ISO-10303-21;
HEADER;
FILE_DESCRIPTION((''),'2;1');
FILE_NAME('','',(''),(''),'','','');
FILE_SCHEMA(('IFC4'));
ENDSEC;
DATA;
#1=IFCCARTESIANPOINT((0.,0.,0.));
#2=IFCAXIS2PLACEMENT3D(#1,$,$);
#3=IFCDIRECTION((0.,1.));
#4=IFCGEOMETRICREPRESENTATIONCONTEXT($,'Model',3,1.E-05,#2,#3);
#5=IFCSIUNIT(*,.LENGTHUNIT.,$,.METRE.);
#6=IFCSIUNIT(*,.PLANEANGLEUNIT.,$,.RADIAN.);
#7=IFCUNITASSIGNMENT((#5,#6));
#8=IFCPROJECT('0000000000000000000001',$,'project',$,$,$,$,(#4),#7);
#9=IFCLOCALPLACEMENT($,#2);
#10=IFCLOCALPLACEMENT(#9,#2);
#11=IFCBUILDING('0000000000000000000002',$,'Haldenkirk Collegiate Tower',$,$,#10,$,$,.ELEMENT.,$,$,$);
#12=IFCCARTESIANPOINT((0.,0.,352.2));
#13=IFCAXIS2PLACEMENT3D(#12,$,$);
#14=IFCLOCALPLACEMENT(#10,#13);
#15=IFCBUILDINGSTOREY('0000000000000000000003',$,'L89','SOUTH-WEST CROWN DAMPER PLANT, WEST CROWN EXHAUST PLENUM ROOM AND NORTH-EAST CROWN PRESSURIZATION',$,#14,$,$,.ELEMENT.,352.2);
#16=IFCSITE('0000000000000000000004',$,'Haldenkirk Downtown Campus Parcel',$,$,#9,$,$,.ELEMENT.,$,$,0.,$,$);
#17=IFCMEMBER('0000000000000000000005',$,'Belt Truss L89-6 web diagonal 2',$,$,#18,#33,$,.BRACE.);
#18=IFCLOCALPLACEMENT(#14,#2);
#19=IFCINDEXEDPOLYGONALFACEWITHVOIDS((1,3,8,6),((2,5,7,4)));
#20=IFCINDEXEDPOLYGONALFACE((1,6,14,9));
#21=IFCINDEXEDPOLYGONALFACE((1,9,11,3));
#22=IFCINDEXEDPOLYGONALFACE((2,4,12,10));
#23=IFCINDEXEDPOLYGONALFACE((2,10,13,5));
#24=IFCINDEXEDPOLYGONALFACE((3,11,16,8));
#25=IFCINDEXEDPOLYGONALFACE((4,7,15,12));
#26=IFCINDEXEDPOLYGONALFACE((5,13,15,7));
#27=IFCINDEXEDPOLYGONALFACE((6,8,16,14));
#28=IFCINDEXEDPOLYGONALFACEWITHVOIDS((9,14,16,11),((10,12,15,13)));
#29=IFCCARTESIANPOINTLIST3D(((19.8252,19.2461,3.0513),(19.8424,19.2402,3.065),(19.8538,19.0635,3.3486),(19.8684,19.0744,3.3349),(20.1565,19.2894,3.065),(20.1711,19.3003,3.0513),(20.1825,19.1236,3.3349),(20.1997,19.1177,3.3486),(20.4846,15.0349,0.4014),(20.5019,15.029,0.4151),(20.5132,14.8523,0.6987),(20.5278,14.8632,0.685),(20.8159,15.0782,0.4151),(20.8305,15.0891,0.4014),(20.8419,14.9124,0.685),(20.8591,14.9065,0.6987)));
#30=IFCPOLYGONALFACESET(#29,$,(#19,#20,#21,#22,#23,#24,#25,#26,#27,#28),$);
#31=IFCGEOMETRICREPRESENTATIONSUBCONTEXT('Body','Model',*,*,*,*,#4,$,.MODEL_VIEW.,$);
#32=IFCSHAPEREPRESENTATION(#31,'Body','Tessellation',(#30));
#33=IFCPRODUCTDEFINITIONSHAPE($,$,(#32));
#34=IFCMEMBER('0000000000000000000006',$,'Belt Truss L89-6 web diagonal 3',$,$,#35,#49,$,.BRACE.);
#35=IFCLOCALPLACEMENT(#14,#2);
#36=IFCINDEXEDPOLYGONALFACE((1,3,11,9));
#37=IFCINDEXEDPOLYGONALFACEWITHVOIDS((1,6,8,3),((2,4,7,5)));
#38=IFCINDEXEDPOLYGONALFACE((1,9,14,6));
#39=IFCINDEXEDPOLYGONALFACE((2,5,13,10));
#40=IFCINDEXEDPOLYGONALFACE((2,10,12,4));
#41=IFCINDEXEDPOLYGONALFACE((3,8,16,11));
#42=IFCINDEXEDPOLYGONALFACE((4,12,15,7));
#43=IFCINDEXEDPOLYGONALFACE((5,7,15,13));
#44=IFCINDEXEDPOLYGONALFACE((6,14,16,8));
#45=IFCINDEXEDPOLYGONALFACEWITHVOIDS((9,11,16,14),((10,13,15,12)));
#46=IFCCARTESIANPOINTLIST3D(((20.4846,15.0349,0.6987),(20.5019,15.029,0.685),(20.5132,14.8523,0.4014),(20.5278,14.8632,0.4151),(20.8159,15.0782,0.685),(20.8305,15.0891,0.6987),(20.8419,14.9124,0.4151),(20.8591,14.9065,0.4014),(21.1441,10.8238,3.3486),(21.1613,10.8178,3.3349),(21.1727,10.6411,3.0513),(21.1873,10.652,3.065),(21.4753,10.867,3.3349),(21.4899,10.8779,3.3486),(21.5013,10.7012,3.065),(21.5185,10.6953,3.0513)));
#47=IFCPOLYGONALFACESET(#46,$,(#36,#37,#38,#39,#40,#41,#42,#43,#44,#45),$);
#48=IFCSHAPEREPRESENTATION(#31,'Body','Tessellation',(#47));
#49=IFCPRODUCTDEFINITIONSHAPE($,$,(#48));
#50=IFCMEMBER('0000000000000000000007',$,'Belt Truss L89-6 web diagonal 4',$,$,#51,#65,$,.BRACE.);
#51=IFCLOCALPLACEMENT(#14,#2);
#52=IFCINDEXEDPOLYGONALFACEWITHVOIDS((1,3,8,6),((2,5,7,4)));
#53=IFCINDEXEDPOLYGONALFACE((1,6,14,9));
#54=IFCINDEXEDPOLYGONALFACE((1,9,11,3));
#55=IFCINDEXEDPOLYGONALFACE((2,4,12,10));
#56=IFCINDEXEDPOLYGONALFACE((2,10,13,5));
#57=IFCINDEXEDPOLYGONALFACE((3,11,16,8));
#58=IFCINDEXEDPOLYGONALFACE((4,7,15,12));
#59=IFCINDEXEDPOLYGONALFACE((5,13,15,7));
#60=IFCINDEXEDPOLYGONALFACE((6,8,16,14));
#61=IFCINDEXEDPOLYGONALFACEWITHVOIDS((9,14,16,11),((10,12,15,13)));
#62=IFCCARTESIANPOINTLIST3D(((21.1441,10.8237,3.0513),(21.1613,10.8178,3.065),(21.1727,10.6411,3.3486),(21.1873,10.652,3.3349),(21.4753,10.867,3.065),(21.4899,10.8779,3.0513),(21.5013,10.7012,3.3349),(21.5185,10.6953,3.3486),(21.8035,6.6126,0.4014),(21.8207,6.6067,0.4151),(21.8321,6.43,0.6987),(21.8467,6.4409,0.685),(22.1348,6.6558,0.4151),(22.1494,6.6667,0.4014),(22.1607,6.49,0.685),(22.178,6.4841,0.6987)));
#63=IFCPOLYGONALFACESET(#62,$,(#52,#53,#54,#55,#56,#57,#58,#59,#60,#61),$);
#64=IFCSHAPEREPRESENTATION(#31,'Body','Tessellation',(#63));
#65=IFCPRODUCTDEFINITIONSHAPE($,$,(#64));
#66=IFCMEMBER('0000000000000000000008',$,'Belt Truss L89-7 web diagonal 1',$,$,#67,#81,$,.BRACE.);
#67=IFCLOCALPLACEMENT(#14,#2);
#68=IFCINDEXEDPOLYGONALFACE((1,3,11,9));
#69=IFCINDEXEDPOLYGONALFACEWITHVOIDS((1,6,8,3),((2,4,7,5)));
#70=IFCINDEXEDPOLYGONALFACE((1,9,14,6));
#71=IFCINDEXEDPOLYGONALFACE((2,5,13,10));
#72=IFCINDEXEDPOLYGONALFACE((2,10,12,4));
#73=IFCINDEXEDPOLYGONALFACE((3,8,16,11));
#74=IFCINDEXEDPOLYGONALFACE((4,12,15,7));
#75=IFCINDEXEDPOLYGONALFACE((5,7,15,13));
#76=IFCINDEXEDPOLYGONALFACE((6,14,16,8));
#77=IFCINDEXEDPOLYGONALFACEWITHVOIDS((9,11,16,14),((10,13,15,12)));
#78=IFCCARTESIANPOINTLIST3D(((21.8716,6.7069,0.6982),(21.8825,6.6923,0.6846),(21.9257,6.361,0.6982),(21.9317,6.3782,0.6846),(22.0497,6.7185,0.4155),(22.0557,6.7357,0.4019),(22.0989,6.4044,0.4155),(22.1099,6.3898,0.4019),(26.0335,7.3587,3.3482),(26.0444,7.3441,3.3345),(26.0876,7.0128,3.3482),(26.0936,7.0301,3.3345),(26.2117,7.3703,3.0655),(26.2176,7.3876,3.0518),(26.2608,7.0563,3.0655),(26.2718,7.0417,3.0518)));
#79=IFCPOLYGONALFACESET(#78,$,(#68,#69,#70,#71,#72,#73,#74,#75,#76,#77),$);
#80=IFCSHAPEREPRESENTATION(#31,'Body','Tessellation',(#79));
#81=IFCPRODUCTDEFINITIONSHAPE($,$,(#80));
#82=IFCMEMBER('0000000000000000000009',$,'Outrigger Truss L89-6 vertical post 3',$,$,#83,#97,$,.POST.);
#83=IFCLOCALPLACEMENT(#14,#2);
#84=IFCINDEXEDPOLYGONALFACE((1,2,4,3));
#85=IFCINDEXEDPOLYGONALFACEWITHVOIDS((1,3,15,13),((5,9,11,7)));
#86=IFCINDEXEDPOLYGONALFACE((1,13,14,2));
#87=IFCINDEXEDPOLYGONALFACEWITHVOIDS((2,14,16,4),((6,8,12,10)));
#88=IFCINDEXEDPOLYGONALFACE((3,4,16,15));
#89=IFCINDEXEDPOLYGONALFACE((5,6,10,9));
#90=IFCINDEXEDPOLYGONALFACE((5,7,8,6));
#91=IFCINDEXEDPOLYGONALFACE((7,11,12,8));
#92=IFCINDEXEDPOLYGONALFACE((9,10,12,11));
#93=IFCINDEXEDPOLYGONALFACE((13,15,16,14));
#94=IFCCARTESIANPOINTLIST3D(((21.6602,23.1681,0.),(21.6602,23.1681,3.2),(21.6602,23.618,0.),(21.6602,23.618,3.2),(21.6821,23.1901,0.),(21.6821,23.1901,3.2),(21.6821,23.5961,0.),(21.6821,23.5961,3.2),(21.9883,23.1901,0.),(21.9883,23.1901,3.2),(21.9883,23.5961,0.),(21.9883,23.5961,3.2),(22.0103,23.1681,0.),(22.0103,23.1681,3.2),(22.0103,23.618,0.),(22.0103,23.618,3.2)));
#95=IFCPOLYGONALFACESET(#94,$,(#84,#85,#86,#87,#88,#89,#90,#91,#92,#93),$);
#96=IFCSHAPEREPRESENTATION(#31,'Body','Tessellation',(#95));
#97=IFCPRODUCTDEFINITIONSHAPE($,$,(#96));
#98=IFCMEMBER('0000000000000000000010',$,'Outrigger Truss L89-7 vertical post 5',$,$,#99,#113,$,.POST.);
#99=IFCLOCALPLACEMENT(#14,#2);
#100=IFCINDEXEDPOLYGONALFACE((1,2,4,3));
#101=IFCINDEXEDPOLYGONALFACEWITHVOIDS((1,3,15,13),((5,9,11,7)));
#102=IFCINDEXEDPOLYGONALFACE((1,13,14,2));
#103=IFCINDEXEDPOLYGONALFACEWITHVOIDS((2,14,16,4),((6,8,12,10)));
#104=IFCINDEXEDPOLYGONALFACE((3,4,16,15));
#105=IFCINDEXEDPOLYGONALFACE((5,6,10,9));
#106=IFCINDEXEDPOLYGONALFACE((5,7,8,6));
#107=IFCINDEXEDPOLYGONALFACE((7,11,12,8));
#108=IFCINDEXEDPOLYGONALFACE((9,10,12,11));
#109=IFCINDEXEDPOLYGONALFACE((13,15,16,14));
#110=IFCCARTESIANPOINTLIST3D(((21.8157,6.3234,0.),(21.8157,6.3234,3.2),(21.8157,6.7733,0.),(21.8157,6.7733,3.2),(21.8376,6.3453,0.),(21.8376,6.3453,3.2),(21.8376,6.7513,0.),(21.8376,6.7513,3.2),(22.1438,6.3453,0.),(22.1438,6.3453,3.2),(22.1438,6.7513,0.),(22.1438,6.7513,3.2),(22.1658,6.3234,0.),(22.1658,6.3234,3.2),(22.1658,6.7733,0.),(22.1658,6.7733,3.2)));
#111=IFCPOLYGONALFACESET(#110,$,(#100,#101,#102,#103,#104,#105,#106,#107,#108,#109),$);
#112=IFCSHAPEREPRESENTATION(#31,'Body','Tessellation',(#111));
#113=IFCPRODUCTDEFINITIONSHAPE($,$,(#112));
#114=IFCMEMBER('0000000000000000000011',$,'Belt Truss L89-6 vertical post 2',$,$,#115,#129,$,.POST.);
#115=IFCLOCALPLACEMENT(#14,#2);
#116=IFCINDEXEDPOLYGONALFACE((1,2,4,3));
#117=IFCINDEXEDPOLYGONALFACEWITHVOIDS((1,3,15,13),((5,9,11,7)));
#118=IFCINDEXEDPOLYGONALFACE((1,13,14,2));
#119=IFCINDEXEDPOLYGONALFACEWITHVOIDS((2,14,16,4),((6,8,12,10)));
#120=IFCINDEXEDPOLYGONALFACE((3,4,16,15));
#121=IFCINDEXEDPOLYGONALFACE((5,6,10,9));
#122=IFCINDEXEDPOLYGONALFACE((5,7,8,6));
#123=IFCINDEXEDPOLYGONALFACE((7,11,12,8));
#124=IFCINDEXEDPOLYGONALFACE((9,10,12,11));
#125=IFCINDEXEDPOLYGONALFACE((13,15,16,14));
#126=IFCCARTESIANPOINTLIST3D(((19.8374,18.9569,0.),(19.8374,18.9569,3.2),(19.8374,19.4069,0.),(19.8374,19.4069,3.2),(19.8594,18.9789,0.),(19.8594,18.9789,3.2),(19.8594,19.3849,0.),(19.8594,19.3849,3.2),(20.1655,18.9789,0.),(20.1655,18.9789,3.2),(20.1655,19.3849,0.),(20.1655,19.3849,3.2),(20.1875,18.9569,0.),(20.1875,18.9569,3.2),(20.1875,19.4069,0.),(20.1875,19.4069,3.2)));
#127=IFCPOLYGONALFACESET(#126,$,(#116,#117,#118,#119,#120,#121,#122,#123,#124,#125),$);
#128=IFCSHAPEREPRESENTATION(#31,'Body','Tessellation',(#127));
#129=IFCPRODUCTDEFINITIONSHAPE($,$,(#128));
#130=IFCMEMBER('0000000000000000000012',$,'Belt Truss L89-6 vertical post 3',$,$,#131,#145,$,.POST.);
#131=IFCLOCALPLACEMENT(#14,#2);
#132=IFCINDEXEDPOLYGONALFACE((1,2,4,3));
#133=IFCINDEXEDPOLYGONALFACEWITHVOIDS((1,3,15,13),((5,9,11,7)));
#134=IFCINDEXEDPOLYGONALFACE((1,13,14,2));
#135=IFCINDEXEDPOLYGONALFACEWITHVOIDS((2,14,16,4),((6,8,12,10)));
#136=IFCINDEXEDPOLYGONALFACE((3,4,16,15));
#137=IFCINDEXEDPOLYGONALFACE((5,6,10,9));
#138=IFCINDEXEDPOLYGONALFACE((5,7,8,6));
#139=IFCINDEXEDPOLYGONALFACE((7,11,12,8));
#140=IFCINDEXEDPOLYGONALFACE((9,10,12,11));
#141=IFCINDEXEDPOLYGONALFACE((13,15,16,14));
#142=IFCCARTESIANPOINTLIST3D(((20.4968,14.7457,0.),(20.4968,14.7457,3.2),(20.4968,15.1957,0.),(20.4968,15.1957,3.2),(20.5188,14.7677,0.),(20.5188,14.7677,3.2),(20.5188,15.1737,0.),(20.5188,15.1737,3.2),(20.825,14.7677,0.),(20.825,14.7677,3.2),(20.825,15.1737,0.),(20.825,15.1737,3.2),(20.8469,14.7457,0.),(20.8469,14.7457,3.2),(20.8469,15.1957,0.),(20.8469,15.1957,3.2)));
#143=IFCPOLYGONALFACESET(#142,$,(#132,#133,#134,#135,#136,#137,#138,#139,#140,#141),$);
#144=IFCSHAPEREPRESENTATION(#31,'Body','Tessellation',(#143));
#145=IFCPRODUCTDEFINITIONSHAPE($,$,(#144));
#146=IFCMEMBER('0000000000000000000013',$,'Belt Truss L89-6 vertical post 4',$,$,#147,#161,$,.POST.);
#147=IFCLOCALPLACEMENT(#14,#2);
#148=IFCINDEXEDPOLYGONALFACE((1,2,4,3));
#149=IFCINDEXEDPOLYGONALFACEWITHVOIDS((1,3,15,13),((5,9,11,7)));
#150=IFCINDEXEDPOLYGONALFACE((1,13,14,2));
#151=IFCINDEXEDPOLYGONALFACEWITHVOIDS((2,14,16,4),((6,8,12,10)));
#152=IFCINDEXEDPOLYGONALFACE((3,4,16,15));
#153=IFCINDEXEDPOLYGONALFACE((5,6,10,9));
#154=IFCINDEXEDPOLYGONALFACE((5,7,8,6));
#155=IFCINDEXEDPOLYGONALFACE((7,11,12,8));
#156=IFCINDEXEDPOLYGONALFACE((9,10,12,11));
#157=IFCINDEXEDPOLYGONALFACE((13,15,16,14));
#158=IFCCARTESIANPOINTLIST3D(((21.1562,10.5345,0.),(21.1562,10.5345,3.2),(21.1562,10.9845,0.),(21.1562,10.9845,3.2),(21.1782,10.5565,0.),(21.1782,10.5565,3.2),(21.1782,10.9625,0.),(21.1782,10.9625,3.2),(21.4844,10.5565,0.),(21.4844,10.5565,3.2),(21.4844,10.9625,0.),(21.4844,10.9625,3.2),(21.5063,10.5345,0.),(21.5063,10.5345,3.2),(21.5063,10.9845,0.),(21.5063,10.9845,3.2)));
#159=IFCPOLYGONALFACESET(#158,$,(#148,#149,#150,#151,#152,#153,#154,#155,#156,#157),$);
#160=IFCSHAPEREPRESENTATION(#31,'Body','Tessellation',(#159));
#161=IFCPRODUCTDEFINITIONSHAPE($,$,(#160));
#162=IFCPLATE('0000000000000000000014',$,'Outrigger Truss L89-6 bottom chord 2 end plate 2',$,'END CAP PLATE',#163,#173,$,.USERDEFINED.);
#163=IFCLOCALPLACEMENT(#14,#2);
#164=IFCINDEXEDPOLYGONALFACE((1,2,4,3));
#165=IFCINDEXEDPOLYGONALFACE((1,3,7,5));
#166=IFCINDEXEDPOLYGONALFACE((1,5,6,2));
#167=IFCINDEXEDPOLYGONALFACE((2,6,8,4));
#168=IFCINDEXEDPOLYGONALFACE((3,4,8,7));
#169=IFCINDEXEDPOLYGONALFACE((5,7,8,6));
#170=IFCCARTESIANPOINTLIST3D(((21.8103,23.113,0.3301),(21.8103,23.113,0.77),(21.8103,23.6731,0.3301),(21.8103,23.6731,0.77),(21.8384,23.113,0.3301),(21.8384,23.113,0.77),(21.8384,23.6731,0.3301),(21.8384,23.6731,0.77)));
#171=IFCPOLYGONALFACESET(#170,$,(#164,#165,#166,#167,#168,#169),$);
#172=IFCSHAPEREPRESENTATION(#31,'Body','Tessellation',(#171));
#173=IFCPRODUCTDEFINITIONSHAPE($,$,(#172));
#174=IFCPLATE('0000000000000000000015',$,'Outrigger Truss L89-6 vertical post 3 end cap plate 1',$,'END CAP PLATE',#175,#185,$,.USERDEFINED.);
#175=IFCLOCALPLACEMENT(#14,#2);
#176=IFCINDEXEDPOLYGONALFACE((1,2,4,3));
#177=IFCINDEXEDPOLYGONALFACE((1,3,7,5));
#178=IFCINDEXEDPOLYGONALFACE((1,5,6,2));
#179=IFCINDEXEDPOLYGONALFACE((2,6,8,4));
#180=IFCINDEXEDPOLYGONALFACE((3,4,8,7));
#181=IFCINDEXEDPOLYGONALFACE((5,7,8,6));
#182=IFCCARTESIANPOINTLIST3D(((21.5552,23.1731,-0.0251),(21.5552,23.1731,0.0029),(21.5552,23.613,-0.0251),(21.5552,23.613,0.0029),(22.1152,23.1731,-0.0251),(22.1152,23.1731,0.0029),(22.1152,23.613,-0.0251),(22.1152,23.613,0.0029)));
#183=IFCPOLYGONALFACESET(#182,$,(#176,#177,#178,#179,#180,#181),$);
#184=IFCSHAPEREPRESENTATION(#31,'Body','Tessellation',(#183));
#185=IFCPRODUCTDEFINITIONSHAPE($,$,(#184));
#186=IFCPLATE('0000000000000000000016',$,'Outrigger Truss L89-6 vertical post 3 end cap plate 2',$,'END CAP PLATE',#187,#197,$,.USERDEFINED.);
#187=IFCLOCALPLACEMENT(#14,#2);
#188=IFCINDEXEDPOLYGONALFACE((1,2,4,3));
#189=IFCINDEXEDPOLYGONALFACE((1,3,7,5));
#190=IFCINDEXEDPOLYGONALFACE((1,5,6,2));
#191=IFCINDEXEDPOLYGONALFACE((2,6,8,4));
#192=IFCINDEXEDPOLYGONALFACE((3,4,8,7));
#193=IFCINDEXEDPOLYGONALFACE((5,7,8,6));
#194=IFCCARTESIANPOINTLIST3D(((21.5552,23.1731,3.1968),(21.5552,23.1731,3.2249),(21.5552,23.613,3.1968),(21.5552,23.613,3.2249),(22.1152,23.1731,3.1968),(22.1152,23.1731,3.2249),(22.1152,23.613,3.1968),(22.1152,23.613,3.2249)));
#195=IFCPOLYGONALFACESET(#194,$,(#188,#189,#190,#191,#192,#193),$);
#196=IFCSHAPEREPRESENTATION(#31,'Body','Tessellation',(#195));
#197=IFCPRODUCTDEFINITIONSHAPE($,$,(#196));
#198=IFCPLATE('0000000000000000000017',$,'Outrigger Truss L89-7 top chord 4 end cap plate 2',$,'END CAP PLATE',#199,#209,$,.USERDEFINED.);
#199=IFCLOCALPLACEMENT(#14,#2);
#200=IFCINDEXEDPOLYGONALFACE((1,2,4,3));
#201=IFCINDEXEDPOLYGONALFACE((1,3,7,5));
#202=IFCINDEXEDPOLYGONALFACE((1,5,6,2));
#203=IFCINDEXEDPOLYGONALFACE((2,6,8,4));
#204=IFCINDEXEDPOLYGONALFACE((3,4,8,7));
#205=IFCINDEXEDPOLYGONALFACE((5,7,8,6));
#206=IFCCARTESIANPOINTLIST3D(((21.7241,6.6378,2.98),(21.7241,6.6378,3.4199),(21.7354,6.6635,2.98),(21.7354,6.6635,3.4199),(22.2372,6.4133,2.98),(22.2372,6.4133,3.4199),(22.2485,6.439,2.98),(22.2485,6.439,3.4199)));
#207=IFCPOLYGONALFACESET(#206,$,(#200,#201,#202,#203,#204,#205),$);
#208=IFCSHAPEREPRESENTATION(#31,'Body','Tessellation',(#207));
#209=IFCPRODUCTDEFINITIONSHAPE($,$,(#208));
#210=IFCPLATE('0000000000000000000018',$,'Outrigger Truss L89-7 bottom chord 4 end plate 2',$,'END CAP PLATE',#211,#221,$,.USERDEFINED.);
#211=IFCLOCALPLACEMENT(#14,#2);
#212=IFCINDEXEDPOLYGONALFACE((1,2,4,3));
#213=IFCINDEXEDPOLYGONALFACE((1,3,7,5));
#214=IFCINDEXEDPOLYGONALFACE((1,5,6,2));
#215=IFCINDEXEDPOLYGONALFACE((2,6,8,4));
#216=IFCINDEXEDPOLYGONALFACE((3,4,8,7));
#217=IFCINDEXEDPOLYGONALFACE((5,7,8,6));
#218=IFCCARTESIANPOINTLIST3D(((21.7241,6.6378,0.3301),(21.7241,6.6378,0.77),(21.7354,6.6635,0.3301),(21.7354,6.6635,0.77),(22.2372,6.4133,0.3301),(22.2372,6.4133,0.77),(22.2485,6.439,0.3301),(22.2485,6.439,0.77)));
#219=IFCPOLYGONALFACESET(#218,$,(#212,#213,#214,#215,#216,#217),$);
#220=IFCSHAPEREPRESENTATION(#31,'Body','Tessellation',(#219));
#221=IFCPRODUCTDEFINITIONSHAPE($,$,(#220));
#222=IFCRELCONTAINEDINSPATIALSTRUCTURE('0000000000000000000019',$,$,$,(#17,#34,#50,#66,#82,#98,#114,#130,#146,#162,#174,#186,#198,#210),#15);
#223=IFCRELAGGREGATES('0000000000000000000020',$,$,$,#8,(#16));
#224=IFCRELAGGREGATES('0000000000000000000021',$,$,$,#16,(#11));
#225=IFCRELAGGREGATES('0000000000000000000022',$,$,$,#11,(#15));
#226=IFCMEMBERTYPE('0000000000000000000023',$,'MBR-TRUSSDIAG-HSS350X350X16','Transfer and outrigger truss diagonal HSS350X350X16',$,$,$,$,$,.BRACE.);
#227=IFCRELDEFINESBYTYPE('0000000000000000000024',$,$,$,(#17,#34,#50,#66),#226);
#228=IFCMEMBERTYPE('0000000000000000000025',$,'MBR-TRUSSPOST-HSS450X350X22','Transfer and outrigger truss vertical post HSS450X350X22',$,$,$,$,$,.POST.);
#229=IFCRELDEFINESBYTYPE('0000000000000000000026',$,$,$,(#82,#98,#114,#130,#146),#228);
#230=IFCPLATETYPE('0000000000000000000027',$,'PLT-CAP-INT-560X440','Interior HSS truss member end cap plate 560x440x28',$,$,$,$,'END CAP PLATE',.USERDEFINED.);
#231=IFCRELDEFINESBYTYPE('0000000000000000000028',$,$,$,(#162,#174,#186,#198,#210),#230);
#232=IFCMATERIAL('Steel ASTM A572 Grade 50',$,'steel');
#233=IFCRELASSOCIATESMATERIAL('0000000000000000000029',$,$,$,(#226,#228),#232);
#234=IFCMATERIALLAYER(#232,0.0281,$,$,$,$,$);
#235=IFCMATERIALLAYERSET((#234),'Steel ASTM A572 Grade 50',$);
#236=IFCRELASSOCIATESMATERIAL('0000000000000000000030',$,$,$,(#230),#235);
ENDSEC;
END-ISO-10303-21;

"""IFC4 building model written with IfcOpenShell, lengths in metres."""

from ifc_helpers import new_model, si_unit, direction, frame, origin, origin_2d, place, context, subcontext, project, spatial, rectangle, hollow_rectangle, extrude, source, transform, mapped, material, layer, layer_set, material_profile, profile_set, type_object, element, save


model = new_model("IFC4")

# Units and contexts
model_context = context("Model", 3, precision=1e-05, world=origin(), true_north=direction((0.0, 1.0)))
body_context = subcontext(model_context, "Body", "Model", "MODEL_VIEW")
ifc_project = project(units=[si_unit("LENGTHUNIT", "METRE"), si_unit("PLANEANGLEUNIT", "RADIAN")], contexts=[model_context])

# Site, building, storey
site_placement = place(None, origin())
site = spatial("IfcSite", under=ifc_project, at=site_placement, Name="Haldenkirk Downtown Campus Parcel", CompositionType="ELEMENT", RefElevation=0.0)
building_placement = place(site_placement, origin())
building = spatial("IfcBuilding", under=site, at=building_placement, Name="Haldenkirk Collegiate Tower", CompositionType="ELEMENT")
storey_placement = place(building_placement, frame((0.0, 0.0, 352.2)))
storey = spatial("IfcBuildingStorey", under=building, at=storey_placement, Name="L89", Description="SOUTH-WEST CROWN DAMPER PLANT, WEST CROWN EXHAUST PLENUM ROOM AND NORTH-EAST CROWN PRESSURIZATION", CompositionType="ELEMENT", Elevation=352.2)

# Members
ifc_material_1 = material(Name="Steel ASTM A572 Grade 50", Category="steel")
ifc_material_profile_1 = material_profile(ifc_material_1, hollow_rectangle(XDim=0.3501, YDim=0.3501, WallThickness=0.0161, at=origin_2d()), Name="HSS350X350X16")
ifc_profile_set_1 = profile_set([ifc_material_profile_1], Name="Steel ASTM A572 Grade 50")
member_type_1 = type_object("IfcMemberType", Name="MBR-TRUSSDIAG-HSS350X350X16", Description="Transfer and outrigger truss diagonal HSS350X350X16", PredefinedType="BRACE", material=ifc_profile_set_1)
for number, where, z_axis, x_axis, name in (
    (1, (20.0125, 19.1819, 3.2), (0.131384, -0.839039, -0.527969), (0.987961, 0.154704, 0.0), "Belt Truss L89-6 web diagonal 2"),
    (2, (20.6719, 14.9707, 0.55), (0.131384, -0.839039, 0.527969), (0.987961, 0.154704, 0.0), "Belt Truss L89-6 web diagonal 3"),
    (3, (21.3313, 10.7595, 3.2), (0.131384, -0.839039, -0.527969), (0.987961, 0.154704, 0.0), "Belt Truss L89-6 web diagonal 4"),
):
    element("IfcMember", number, at=place(storey_placement, frame(where, z_axis=z_axis, x_axis=x_axis)), inside=storey, type_object=member_type_1, Name=name, PredefinedType="BRACE", context=body_context, shape_type="SweptSolid", body=[
        extrude(hollow_rectangle(XDim=0.3501, YDim=0.3501, WallThickness=0.0161, at=origin_2d()), origin(), (0.0, 0.0, 1.0), 5.019),
    ])
member_1_placement = place(storey_placement, frame((21.9907, 6.5483, 0.55), z_axis=(0.836262, 0.13098, 0.532457), x_axis=(-0.154739, 0.987955, 0.0)))
element("IfcMember", 4, at=member_1_placement, inside=storey, type_object=member_type_1, Name="Belt Truss L89-7 web diagonal 1", PredefinedType="BRACE", context=body_context, shape_type="SweptSolid", body=[
    extrude(hollow_rectangle(XDim=0.3501, YDim=0.3501, WallThickness=0.0161, at=origin_2d()), origin(), (0.0, 0.0, 1.0), 4.9768),
])
ifc_material_profile_2 = material_profile(ifc_material_1, hollow_rectangle(XDim=0.3501, YDim=0.45, WallThickness=0.022, at=origin_2d()), Name="HSS450X350X22")
ifc_profile_set_2 = profile_set([ifc_material_profile_2], Name="Steel ASTM A572 Grade 50")
member_type_2 = type_object("IfcMemberType", Name="MBR-TRUSSPOST-HSS450X350X22", Description="Transfer and outrigger truss vertical post HSS450X350X22", PredefinedType="POST", material=ifc_profile_set_2)
for number, where, z_axis, x_axis, name in (
    (5, (21.8352, 23.3931, 0.0), (0.0, 0.0, 1.0), (1.0, 0.0, 0.0), "Outrigger Truss L89-6 vertical post 3"),
    (6, (21.9907, 6.5483, 0.0), (0.0, 0.0, 1.0), (1.0, 0.0, 0.0), "Outrigger Truss L89-7 vertical post 5"),
    (7, (20.0125, 19.1819, 0.0), (0.0, 0.0, 1.0), (1.0, 0.0, 0.0), "Belt Truss L89-6 vertical post 2"),
    (8, (20.6719, 14.9707, 0.0), (0.0, 0.0, 1.0), (1.0, 0.0, 0.0), "Belt Truss L89-6 vertical post 3"),
    (9, (21.3313, 10.7595, 0.0), (0.0, 0.0, 1.0), (1.0, 0.0, 0.0), "Belt Truss L89-6 vertical post 4"),
):
    element("IfcMember", number, at=place(storey_placement, frame(where, z_axis=z_axis, x_axis=x_axis)), inside=storey, type_object=member_type_2, Name=name, PredefinedType="POST", context=body_context, shape_type="SweptSolid", body=[
        extrude(hollow_rectangle(XDim=0.3501, YDim=0.45, WallThickness=0.022, at=origin_2d()), origin(), (0.0, 0.0, 1.0), 3.2),
    ])

# Plates
ifc_layer_1 = layer(ifc_material_1, 0.0281)
ifc_layer_set_1 = layer_set([ifc_layer_1], Name="Steel ASTM A572 Grade 50")
plate_type = type_object("IfcPlateType", Name="PLT-CAP-INT-560X440", Description="Interior HSS truss member end cap plate 560x440x28", ElementType="END CAP PLATE", PredefinedType="USERDEFINED", material=ifc_layer_set_1)
shared_shape = source(origin(), body_context, "Body", "SweptSolid", [
    extrude(rectangle(XDim=0.5601, YDim=0.4399, at=origin_2d()), origin(), (0.0, 0.0, 1.0), 0.0281),
])
for number, where, z_axis, x_axis, name in (
    (10, (21.8384, 23.3931, 0.55), (-1.0, 0.0, 0.0), (0.0, -1.0, 0.0), "Outrigger Truss L89-6 bottom chord 2 end plate 2"),
    (11, (21.8352, 23.3931, 0.0029), (0.0, 0.0, -1.0), (1.0, 0.0, 0.0), "Outrigger Truss L89-6 vertical post 3 end cap plate 1"),
    (12, (21.8352, 23.3931, 3.1968), (0.0, 0.0, 1.0), (1.0, 0.0, 0.0), "Outrigger Truss L89-6 vertical post 3 end cap plate 2"),
    (13, (21.9919, 6.5513, 3.2), (-0.400759, -0.916184, 0.0), (0.916184, -0.400759, 0.0), "Outrigger Truss L89-7 top chord 4 end cap plate 2"),
    (14, (21.9919, 6.5513, 0.55), (-0.400763, -0.916182, 0.0), (0.916182, -0.400763, 0.0), "Outrigger Truss L89-7 bottom chord 4 end plate 2"),
):
    element("IfcPlate", number, at=place(storey_placement, frame(where, z_axis=z_axis, x_axis=x_axis)), inside=storey, type_object=plate_type, Name=name, ObjectType="END CAP PLATE", PredefinedType="USERDEFINED", context=body_context, shape_type="MappedRepresentation", body=[
        mapped(shared_shape, transform((0.0, 0.0, 0.0), x_axis=(1.0, 0.0, 0.0), y_axis=(0.0, 1.0, 0.0), z_axis=(0.0, 0.0, 1.0), scale=1.0)),
    ])

save(model, "model.ifc")
